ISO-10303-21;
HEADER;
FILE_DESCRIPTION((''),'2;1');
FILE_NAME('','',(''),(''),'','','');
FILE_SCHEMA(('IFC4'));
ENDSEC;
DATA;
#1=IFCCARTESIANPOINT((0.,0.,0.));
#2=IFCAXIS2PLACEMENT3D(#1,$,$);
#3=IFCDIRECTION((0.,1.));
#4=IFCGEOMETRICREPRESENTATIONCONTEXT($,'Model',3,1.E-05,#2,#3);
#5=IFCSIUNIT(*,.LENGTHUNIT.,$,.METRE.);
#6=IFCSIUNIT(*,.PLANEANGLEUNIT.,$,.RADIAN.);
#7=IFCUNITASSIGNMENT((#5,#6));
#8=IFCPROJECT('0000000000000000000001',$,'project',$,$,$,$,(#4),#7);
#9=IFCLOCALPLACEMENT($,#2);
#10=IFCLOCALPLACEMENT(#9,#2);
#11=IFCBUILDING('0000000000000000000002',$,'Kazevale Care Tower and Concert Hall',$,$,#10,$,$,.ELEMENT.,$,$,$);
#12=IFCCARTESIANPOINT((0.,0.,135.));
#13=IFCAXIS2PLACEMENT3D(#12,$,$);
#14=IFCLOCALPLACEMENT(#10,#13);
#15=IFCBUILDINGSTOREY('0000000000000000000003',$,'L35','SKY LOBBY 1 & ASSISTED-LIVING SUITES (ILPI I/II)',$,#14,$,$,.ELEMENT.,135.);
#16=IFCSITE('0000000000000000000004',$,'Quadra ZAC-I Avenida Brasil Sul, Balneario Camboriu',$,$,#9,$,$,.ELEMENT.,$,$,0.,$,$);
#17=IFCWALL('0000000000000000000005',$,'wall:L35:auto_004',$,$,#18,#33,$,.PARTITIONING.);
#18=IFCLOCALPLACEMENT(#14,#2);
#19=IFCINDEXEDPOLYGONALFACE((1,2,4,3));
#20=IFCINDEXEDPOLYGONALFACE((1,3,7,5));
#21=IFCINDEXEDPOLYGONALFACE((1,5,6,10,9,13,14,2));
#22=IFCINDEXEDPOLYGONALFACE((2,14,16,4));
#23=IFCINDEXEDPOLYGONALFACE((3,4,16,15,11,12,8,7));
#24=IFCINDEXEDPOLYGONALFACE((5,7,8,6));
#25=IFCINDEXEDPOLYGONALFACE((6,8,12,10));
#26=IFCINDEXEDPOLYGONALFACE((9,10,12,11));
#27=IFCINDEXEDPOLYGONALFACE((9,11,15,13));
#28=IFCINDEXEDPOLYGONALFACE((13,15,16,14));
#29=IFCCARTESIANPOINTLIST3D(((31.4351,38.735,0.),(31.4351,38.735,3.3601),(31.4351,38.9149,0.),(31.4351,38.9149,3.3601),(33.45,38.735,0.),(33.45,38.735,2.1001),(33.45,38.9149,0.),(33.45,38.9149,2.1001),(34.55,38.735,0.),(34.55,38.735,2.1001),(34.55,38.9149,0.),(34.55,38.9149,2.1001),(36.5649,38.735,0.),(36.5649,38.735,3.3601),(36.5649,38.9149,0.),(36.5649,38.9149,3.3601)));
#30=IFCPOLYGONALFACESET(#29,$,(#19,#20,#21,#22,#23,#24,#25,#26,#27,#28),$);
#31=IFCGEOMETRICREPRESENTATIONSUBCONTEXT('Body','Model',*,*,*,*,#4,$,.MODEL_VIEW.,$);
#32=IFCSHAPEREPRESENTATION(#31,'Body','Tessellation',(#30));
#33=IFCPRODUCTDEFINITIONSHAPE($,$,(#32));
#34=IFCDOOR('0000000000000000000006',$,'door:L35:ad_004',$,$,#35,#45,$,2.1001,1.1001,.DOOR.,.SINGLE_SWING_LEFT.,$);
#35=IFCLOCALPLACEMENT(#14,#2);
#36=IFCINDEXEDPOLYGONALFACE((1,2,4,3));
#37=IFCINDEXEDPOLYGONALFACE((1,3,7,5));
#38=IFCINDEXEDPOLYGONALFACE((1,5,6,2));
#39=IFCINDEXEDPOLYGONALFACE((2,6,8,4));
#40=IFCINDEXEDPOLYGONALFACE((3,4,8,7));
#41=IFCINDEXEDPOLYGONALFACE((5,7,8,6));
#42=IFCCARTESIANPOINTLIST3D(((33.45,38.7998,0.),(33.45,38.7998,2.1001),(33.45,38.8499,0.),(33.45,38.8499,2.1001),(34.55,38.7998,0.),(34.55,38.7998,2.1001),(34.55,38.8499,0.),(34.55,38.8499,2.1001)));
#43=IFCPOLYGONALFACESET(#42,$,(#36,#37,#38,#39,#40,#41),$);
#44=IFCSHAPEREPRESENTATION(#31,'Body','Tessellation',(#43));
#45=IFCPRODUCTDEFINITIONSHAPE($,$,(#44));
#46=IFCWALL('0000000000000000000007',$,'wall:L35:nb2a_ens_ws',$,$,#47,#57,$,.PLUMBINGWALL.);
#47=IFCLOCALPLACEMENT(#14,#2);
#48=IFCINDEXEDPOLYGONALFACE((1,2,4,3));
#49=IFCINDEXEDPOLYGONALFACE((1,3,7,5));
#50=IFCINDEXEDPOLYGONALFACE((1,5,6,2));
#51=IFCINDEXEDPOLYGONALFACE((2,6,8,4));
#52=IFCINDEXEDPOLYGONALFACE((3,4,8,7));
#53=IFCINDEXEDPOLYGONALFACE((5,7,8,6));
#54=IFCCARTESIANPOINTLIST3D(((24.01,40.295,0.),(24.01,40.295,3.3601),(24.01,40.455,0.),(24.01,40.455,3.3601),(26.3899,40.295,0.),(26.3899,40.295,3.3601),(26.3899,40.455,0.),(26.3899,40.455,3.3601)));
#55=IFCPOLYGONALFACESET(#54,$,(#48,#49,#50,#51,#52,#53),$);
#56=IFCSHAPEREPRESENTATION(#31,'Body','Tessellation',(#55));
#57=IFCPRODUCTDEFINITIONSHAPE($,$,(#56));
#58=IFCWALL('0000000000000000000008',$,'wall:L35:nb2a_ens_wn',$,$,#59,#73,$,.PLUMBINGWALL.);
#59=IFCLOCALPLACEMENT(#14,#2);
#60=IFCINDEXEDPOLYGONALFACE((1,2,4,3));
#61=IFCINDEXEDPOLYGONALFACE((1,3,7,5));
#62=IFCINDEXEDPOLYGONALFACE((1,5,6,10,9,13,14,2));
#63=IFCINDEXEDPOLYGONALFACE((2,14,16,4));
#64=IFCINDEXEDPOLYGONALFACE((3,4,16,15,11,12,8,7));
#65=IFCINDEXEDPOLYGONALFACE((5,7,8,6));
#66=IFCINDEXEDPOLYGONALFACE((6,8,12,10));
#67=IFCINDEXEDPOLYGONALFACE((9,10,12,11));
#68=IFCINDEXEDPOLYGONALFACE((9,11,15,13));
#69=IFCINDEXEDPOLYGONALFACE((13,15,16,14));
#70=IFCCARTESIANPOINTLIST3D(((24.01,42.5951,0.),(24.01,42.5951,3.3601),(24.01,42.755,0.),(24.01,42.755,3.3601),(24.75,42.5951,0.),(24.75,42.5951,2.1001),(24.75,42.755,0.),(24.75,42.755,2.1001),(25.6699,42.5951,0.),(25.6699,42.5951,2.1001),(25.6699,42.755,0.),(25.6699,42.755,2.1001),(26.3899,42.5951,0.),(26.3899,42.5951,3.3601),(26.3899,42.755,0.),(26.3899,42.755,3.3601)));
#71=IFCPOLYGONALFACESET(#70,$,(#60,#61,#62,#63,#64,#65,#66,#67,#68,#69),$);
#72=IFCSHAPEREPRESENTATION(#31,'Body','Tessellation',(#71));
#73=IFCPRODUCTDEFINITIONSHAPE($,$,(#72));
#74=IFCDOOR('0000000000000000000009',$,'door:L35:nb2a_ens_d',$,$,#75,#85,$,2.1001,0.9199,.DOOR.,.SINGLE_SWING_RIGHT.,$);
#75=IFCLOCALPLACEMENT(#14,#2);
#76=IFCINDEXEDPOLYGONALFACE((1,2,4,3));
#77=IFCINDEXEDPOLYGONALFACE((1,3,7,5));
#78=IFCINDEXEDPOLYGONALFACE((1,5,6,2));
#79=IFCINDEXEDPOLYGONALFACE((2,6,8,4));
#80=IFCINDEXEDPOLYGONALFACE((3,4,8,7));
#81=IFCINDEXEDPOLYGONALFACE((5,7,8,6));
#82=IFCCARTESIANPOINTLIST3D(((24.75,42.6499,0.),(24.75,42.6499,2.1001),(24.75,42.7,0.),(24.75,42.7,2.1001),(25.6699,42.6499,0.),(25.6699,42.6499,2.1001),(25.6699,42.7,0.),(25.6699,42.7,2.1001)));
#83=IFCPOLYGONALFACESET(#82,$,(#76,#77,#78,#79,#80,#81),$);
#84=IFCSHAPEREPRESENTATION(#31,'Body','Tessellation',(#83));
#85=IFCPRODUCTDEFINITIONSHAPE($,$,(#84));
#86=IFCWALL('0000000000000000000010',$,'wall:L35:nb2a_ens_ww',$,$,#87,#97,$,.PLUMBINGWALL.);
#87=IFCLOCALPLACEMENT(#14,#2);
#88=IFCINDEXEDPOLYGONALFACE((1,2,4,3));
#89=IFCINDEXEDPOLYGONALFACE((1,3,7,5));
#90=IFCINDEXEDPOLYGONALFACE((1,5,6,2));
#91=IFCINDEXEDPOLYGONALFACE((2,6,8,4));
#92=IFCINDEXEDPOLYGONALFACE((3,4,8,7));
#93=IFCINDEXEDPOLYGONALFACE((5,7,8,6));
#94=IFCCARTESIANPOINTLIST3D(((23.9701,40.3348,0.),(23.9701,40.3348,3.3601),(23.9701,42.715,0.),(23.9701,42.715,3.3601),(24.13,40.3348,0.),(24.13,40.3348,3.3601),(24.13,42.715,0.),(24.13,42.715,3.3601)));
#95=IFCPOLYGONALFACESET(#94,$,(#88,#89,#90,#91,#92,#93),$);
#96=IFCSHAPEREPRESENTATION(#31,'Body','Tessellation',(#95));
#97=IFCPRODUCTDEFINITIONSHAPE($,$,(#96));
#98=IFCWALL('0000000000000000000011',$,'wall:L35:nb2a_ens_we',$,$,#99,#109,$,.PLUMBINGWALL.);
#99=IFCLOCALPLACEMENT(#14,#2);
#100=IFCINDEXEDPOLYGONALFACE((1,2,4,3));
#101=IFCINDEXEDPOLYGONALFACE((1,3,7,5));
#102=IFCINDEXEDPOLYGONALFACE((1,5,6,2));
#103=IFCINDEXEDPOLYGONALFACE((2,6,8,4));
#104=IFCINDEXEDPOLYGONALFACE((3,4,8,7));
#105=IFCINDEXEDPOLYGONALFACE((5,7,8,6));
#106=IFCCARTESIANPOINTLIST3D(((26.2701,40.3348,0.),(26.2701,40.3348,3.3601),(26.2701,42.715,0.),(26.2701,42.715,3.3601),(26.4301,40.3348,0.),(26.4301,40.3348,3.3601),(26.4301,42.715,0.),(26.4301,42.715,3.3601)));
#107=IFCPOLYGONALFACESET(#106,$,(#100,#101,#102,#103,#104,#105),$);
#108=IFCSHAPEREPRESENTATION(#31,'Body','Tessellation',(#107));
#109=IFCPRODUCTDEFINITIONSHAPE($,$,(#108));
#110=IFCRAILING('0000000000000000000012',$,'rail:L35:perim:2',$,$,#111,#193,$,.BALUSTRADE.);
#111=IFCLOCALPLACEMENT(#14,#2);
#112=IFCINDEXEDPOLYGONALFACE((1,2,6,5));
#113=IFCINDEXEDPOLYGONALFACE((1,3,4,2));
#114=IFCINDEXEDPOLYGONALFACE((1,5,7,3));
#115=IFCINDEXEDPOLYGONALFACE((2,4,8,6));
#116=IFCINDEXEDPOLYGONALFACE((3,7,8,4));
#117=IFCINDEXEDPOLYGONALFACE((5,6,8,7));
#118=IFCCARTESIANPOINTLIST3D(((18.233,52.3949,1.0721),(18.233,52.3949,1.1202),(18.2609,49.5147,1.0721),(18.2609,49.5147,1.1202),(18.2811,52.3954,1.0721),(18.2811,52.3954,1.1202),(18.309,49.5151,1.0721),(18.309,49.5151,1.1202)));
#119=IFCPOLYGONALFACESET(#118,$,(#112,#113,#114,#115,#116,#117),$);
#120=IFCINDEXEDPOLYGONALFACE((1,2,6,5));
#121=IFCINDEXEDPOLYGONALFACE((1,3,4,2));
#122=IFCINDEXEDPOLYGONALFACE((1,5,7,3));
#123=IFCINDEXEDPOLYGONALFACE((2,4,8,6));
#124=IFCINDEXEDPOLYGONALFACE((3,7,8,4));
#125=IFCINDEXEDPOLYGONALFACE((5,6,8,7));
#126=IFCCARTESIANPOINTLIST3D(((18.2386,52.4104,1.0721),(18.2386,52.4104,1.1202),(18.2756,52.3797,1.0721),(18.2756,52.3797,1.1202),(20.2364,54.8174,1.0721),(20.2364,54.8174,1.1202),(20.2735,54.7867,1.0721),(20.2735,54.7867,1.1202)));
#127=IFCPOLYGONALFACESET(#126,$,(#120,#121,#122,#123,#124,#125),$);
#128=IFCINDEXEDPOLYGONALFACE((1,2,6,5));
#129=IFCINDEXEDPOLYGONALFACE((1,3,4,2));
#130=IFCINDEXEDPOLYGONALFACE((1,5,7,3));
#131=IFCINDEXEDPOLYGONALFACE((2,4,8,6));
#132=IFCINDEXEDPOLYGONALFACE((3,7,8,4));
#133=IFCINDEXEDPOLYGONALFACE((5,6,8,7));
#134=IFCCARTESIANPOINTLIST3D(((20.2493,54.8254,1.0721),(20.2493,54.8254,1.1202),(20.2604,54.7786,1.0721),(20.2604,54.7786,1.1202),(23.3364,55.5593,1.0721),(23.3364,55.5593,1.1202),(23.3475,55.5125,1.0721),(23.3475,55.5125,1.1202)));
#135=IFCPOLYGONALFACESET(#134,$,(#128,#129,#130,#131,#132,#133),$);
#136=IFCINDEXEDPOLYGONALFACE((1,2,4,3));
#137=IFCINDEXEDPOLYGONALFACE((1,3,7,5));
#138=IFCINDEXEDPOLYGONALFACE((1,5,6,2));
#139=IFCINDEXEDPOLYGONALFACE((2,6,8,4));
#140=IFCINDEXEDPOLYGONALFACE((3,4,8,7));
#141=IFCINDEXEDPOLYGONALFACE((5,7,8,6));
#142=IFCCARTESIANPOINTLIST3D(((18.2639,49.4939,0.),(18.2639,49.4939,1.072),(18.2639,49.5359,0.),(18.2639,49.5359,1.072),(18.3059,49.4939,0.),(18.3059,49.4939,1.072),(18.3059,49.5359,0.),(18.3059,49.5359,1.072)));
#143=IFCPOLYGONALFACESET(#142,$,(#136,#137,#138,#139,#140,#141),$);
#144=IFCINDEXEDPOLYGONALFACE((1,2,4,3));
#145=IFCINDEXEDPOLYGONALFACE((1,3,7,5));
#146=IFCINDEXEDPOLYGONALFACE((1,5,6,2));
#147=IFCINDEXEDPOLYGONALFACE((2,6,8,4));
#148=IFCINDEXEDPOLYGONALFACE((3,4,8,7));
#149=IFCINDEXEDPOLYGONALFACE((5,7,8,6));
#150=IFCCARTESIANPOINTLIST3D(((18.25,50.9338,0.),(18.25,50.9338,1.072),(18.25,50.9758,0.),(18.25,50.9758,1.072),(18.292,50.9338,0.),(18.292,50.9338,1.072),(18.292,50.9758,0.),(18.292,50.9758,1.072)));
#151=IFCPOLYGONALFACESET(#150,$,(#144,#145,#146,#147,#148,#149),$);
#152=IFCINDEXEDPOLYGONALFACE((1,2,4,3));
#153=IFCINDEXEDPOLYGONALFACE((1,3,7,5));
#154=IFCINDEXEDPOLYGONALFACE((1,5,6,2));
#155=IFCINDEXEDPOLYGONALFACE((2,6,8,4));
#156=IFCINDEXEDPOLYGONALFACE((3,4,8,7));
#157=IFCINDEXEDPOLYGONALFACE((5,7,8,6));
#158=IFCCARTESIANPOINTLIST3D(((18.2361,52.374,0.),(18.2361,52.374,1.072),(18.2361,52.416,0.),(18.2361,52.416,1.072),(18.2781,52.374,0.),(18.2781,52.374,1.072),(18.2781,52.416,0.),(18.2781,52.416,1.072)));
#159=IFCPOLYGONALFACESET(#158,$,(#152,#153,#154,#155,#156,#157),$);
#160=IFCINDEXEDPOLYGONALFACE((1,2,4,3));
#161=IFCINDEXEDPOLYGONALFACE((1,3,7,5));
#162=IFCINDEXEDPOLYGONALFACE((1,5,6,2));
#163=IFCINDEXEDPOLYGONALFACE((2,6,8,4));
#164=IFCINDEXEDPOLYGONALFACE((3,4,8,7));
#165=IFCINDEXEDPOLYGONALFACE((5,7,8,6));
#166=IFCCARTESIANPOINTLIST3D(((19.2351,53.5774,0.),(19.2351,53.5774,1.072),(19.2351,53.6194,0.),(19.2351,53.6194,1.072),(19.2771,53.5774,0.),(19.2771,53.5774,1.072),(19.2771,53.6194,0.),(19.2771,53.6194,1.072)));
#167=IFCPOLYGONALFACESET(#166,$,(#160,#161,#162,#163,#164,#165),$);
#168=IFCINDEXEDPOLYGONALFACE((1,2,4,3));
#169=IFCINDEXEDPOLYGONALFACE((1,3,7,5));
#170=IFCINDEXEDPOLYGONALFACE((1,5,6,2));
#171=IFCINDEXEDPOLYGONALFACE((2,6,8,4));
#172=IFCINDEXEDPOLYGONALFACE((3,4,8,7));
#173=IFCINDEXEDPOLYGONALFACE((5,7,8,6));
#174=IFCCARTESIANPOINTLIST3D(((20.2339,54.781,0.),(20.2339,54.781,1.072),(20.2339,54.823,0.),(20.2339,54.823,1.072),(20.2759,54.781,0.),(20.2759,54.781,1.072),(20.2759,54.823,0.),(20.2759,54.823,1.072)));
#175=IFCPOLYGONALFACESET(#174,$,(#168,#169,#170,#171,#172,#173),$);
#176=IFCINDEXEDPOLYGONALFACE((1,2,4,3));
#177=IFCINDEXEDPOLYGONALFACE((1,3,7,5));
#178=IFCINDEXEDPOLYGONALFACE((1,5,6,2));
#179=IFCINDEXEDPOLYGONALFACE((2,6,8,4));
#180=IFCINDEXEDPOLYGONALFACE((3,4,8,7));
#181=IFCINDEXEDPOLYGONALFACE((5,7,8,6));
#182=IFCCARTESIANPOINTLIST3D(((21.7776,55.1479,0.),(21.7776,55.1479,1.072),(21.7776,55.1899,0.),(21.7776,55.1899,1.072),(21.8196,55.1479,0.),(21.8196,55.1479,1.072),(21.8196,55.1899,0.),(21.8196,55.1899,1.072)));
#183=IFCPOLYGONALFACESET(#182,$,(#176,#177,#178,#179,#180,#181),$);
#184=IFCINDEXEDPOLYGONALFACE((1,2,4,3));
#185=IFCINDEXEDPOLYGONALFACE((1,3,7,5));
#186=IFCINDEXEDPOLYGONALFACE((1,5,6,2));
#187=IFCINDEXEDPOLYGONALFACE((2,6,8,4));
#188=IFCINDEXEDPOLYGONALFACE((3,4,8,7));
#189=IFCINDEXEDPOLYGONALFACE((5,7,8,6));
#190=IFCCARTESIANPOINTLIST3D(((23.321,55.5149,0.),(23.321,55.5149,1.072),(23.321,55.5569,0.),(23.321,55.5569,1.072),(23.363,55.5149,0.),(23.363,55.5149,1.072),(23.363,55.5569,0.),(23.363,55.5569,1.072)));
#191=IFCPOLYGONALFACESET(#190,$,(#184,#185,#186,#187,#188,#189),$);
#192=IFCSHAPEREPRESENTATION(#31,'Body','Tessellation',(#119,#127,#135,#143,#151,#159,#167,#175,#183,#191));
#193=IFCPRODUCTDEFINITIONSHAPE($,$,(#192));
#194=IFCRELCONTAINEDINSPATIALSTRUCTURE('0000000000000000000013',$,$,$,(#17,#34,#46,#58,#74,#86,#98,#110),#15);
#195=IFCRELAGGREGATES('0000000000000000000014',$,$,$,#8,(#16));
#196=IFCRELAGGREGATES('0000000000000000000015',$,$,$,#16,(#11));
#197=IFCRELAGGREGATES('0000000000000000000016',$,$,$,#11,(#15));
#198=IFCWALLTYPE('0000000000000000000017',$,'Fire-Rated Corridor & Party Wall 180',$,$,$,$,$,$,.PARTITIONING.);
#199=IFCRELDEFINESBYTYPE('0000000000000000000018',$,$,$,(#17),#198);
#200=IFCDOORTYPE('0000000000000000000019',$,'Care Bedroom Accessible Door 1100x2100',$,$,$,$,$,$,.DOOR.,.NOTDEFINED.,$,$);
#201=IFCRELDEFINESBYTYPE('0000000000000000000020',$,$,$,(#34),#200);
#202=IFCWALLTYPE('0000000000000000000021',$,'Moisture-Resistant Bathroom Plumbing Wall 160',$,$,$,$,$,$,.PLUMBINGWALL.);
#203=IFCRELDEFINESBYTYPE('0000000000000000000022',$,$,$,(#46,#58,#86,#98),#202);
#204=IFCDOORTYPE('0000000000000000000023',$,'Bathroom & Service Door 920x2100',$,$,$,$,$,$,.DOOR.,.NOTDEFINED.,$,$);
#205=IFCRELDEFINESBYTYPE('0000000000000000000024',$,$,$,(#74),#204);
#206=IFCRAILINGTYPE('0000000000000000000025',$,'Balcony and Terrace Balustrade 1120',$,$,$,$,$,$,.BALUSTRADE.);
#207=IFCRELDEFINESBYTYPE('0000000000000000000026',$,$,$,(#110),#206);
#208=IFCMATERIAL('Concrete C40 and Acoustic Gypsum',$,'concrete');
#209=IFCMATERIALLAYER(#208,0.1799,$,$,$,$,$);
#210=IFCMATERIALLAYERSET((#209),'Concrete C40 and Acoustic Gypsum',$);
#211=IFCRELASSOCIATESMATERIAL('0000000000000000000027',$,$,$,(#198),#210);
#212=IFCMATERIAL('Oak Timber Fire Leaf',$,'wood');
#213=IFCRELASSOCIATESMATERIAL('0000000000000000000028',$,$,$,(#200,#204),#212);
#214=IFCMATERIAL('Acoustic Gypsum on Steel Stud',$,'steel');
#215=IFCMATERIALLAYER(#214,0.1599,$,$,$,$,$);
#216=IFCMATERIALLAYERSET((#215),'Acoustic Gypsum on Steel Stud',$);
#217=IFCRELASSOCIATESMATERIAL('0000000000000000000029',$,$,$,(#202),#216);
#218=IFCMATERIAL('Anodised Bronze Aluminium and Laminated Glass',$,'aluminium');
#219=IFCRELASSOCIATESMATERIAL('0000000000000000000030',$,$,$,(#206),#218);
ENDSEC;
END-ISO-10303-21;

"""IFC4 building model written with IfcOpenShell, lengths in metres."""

from ifc_helpers import new_model, si_unit, direction, frame, frame_2d, origin, origin_2d, place, context, subcontext, project, spatial, rectangle, extrude, material, layer, layer_set, type_object, element, fill, save


model = new_model("IFC4")

# Units and contexts
model_context = context("Model", 3, precision=1e-05, world=origin(), true_north=direction((0.0, 1.0)))
body_context = subcontext(model_context, "Body", "Model", "MODEL_VIEW")
ifc_project = project(units=[si_unit("LENGTHUNIT", "METRE"), si_unit("PLANEANGLEUNIT", "RADIAN")], contexts=[model_context])

# Site, building, storey
site_placement = place(None, origin())
site = spatial("IfcSite", under=ifc_project, at=site_placement, Name="Quadra ZAC-I Avenida Brasil Sul, Balneario Camboriu", CompositionType="ELEMENT", RefElevation=0.0)
building_placement = place(site_placement, origin())
building = spatial("IfcBuilding", under=site, at=building_placement, Name="Kazevale Care Tower and Concert Hall", CompositionType="ELEMENT")
storey_placement = place(building_placement, frame((0.0, 0.0, 135.0)))
storey = spatial("IfcBuildingStorey", under=building, at=storey_placement, Name="L35", Description="SKY LOBBY 1 & ASSISTED-LIVING SUITES (ILPI I/II)", CompositionType="ELEMENT", Elevation=135.0)

# Shared definitions
ifc_material_1 = material(Name="Acoustic Gypsum on Steel Stud", Category="steel")

# Wall, opening, door
ifc_material_2 = material(Name="Concrete C40 and Acoustic Gypsum", Category="concrete")
ifc_layer_1 = layer(ifc_material_2, 0.1799)
ifc_layer_set_1 = layer_set([ifc_layer_1], Name="Concrete C40 and Acoustic Gypsum")
wall_type_1 = type_object("IfcWallType", Name="Fire-Rated Corridor & Party Wall 180", PredefinedType="PARTITIONING", material=ifc_layer_set_1)
ifc_material_3 = material(Name="Oak Timber Fire Leaf", Category="wood")
door_type_1 = type_object("IfcDoorType", Name="Care Bedroom Accessible Door 1100x2100", OperationType="NOTDEFINED", PredefinedType="DOOR", material=ifc_material_3)
wall_1_placement = place(storey_placement, frame((31.4351, 38.825, 0.0), z_axis=(0.0, 0.0, 1.0), x_axis=(1.0, 0.0, 0.0)))
wall_1 = element("IfcWall", 1, at=wall_1_placement, inside=storey, type_object=wall_type_1, Name="wall:L35:auto_004", PredefinedType="PARTITIONING", context=body_context, shape_type="SweptSolid", body=[
    extrude(rectangle(XDim=5.1299, YDim=0.1799, at=frame_2d((2.5649, 0.0))), origin(), (0.0, 0.0, 1.0), 3.3601),
])
opening_1_placement = place(wall_1_placement, frame((2.0149, 0.0, 0.0)))
opening_1 = element("IfcOpeningElement", 2, at=opening_1_placement, cuts=wall_1, PredefinedType="OPENING", context=body_context, shape_type="SweptSolid", body=[
    extrude(rectangle(XDim=1.1001, YDim=2.1001, at=frame_2d((0.55, 1.05))), frame((0.0, 0.0999, 0.0), z_axis=(0.0, -1.0, 0.0), x_axis=(1.0, 0.0, 0.0)), (0.0, 0.0, 1.0), 0.2),
])
door_1_placement = place(opening_1_placement, origin())
door_1 = element("IfcDoor", 3, at=door_1_placement, inside=storey, type_object=door_type_1, Name="door:L35:ad_004", OperationType="SINGLE_SWING_LEFT", OverallHeight=2.1001, OverallWidth=1.1001, PredefinedType="DOOR", context=body_context, shape_type="SweptSolid", body=[
    extrude(rectangle(XDim=1.1001, YDim=2.1001, at=frame_2d((0.55, 1.05))), frame((0.0, 0.0249, 0.0), z_axis=(0.0, -1.0, 0.0), x_axis=(1.0, 0.0, 0.0)), (0.0, 0.0, 1.0), 0.05),
])
fill(opening_1, door_1)

# Wall
ifc_layer_2 = layer(ifc_material_1, 0.1599)
ifc_layer_set_2 = layer_set([ifc_layer_2], Name="Acoustic Gypsum on Steel Stud")
wall_type_2 = type_object("IfcWallType", Name="Moisture-Resistant Bathroom Plumbing Wall 160", PredefinedType="PLUMBINGWALL", material=ifc_layer_set_2)
wall_2_placement = place(storey_placement, frame((24.01, 40.375, 0.0), z_axis=(0.0, 0.0, 1.0), x_axis=(1.0, 0.0, 0.0)))
element("IfcWall", 4, at=wall_2_placement, inside=storey, type_object=wall_type_2, Name="wall:L35:nb2a_ens_ws", PredefinedType="PLUMBINGWALL", context=body_context, shape_type="SweptSolid", body=[
    extrude(rectangle(XDim=2.3799, YDim=0.1599, at=frame_2d((1.1899, 0.0))), origin(), (0.0, 0.0, 1.0), 3.3601),
])

# Wall, opening, door
wall_3_placement = place(storey_placement, frame((24.01, 42.675, 0.0), z_axis=(0.0, 0.0, 1.0), x_axis=(1.0, 0.0, 0.0)))
wall_3 = element("IfcWall", 5, at=wall_3_placement, inside=storey, type_object=wall_type_2, Name="wall:L35:nb2a_ens_wn", PredefinedType="PLUMBINGWALL", context=body_context, shape_type="SweptSolid", body=[
    extrude(rectangle(XDim=2.3799, YDim=0.1599, at=frame_2d((1.1899, 0.0))), origin(), (0.0, 0.0, 1.0), 3.3601),
])
opening_2_placement = place(wall_3_placement, frame((0.74, 0.0, 0.0)))
opening_2 = element("IfcOpeningElement", 6, at=opening_2_placement, cuts=wall_3, PredefinedType="OPENING", context=body_context, shape_type="SweptSolid", body=[
    extrude(rectangle(XDim=0.9199, YDim=2.1001, at=frame_2d((0.46, 1.05))), frame((0.0, 0.0898, 0.0), z_axis=(0.0, -1.0, 0.0), x_axis=(1.0, 0.0, 0.0)), (0.0, 0.0, 1.0), 0.1799),
])
door_type_2 = type_object("IfcDoorType", Name="Bathroom & Service Door 920x2100", OperationType="NOTDEFINED", PredefinedType="DOOR", material=ifc_material_3)
door_2_placement = place(opening_2_placement, origin())
door_2 = element("IfcDoor", 7, at=door_2_placement, inside=storey, type_object=door_type_2, Name="door:L35:nb2a_ens_d", OperationType="SINGLE_SWING_RIGHT", OverallHeight=2.1001, OverallWidth=0.9199, PredefinedType="DOOR", context=body_context, shape_type="SweptSolid", body=[
    extrude(rectangle(XDim=0.9199, YDim=2.1001, at=frame_2d((0.46, 1.05))), frame((0.0, 0.0249, 0.0), z_axis=(0.0, -1.0, 0.0), x_axis=(1.0, 0.0, 0.0)), (0.0, 0.0, 1.0), 0.05),
])
fill(opening_2, door_2)

# Walls
for number, where, z_axis, x_axis, name in (
    (8, (24.05, 40.335, 0.0), (0.0, 0.0, 1.0), (0.0, 1.0, 0.0), "wall:L35:nb2a_ens_ww"),
    (9, (26.3501, 40.335, 0.0), (0.0, 0.0, 1.0), (0.0, 1.0, 0.0), "wall:L35:nb2a_ens_we"),
):
    element("IfcWall", number, at=place(storey_placement, frame(where, z_axis=z_axis, x_axis=x_axis)), inside=storey, type_object=wall_type_2, Name=name, PredefinedType="PLUMBINGWALL", context=body_context, shape_type="SweptSolid", body=[
        extrude(rectangle(XDim=2.3801, YDim=0.1599, at=frame_2d((1.1899, 0.0))), origin(), (0.0, 0.0, 1.0), 3.3601),
    ])

# Railing
ifc_material_4 = material(Name="Anodised Bronze Aluminium and Laminated Glass", Category="aluminium")
railing_type = type_object("IfcRailingType", Name="Balcony and Terrace Balustrade 1120", PredefinedType="BALUSTRADE", material=ifc_material_4)
railing_1_placement = place(storey_placement, frame((18.2849, 49.5149, 0.0)))
element("IfcRailing", 10, at=railing_1_placement, inside=storey, type_object=railing_type, Name="rail:L35:perim:2", PredefinedType="BALUSTRADE", context=body_context, shape_type="SweptSolid", body=[
    extrude(rectangle(XDim=0.0481, YDim=0.0481, at=origin_2d()), frame((0.0, 0.0, 1.0962), z_axis=(-0.009663, 0.999953, 0.0), x_axis=(-0.999953, -0.009663, 0.0)), (0.0, 0.0, 1.0), 2.8804),
    extrude(rectangle(XDim=0.0481, YDim=0.0481, at=origin_2d()), frame((-0.0278, 2.8801, 1.0962), z_axis=(0.638671, 0.76948, 0.0), x_axis=(-0.76948, 0.638671, 0.0)), (0.0, 0.0, 1.0), 3.1282),
    extrude(rectangle(XDim=0.0481, YDim=0.0481, at=origin_2d()), frame((1.97, 5.2871, 1.0962), z_axis=(0.972888, 0.231277, 0.0), x_axis=(-0.231277, 0.972888, 0.0)), (0.0, 0.0, 1.0), 3.1731),
    extrude(rectangle(XDim=0.042, YDim=0.042, at=origin_2d()), origin(), (0.0, 0.0, 1.0), 1.072),
    extrude(rectangle(XDim=0.042, YDim=0.042, at=origin_2d()), frame((-0.0139, 1.4399, 0.0)), (0.0, 0.0, 1.0), 1.072),
    extrude(rectangle(XDim=0.042, YDim=0.042, at=origin_2d()), frame((-0.0278, 2.8801, 0.0)), (0.0, 0.0, 1.0), 1.072),
    extrude(rectangle(XDim=0.042, YDim=0.042, at=origin_2d()), frame((0.9712, 4.0835, 0.0)), (0.0, 0.0, 1.0), 1.072),
    extrude(rectangle(XDim=0.042, YDim=0.042, at=origin_2d()), frame((1.97, 5.2871, 0.0)), (0.0, 0.0, 1.0), 1.072),
    extrude(rectangle(XDim=0.042, YDim=0.042, at=origin_2d()), frame((3.5137, 5.6541, 0.0)), (0.0, 0.0, 1.0), 1.072),
    extrude(rectangle(XDim=0.042, YDim=0.042, at=origin_2d()), frame((5.0571, 6.021, 0.0)), (0.0, 0.0, 1.0), 1.072),
])

save(model, "model.ifc")
